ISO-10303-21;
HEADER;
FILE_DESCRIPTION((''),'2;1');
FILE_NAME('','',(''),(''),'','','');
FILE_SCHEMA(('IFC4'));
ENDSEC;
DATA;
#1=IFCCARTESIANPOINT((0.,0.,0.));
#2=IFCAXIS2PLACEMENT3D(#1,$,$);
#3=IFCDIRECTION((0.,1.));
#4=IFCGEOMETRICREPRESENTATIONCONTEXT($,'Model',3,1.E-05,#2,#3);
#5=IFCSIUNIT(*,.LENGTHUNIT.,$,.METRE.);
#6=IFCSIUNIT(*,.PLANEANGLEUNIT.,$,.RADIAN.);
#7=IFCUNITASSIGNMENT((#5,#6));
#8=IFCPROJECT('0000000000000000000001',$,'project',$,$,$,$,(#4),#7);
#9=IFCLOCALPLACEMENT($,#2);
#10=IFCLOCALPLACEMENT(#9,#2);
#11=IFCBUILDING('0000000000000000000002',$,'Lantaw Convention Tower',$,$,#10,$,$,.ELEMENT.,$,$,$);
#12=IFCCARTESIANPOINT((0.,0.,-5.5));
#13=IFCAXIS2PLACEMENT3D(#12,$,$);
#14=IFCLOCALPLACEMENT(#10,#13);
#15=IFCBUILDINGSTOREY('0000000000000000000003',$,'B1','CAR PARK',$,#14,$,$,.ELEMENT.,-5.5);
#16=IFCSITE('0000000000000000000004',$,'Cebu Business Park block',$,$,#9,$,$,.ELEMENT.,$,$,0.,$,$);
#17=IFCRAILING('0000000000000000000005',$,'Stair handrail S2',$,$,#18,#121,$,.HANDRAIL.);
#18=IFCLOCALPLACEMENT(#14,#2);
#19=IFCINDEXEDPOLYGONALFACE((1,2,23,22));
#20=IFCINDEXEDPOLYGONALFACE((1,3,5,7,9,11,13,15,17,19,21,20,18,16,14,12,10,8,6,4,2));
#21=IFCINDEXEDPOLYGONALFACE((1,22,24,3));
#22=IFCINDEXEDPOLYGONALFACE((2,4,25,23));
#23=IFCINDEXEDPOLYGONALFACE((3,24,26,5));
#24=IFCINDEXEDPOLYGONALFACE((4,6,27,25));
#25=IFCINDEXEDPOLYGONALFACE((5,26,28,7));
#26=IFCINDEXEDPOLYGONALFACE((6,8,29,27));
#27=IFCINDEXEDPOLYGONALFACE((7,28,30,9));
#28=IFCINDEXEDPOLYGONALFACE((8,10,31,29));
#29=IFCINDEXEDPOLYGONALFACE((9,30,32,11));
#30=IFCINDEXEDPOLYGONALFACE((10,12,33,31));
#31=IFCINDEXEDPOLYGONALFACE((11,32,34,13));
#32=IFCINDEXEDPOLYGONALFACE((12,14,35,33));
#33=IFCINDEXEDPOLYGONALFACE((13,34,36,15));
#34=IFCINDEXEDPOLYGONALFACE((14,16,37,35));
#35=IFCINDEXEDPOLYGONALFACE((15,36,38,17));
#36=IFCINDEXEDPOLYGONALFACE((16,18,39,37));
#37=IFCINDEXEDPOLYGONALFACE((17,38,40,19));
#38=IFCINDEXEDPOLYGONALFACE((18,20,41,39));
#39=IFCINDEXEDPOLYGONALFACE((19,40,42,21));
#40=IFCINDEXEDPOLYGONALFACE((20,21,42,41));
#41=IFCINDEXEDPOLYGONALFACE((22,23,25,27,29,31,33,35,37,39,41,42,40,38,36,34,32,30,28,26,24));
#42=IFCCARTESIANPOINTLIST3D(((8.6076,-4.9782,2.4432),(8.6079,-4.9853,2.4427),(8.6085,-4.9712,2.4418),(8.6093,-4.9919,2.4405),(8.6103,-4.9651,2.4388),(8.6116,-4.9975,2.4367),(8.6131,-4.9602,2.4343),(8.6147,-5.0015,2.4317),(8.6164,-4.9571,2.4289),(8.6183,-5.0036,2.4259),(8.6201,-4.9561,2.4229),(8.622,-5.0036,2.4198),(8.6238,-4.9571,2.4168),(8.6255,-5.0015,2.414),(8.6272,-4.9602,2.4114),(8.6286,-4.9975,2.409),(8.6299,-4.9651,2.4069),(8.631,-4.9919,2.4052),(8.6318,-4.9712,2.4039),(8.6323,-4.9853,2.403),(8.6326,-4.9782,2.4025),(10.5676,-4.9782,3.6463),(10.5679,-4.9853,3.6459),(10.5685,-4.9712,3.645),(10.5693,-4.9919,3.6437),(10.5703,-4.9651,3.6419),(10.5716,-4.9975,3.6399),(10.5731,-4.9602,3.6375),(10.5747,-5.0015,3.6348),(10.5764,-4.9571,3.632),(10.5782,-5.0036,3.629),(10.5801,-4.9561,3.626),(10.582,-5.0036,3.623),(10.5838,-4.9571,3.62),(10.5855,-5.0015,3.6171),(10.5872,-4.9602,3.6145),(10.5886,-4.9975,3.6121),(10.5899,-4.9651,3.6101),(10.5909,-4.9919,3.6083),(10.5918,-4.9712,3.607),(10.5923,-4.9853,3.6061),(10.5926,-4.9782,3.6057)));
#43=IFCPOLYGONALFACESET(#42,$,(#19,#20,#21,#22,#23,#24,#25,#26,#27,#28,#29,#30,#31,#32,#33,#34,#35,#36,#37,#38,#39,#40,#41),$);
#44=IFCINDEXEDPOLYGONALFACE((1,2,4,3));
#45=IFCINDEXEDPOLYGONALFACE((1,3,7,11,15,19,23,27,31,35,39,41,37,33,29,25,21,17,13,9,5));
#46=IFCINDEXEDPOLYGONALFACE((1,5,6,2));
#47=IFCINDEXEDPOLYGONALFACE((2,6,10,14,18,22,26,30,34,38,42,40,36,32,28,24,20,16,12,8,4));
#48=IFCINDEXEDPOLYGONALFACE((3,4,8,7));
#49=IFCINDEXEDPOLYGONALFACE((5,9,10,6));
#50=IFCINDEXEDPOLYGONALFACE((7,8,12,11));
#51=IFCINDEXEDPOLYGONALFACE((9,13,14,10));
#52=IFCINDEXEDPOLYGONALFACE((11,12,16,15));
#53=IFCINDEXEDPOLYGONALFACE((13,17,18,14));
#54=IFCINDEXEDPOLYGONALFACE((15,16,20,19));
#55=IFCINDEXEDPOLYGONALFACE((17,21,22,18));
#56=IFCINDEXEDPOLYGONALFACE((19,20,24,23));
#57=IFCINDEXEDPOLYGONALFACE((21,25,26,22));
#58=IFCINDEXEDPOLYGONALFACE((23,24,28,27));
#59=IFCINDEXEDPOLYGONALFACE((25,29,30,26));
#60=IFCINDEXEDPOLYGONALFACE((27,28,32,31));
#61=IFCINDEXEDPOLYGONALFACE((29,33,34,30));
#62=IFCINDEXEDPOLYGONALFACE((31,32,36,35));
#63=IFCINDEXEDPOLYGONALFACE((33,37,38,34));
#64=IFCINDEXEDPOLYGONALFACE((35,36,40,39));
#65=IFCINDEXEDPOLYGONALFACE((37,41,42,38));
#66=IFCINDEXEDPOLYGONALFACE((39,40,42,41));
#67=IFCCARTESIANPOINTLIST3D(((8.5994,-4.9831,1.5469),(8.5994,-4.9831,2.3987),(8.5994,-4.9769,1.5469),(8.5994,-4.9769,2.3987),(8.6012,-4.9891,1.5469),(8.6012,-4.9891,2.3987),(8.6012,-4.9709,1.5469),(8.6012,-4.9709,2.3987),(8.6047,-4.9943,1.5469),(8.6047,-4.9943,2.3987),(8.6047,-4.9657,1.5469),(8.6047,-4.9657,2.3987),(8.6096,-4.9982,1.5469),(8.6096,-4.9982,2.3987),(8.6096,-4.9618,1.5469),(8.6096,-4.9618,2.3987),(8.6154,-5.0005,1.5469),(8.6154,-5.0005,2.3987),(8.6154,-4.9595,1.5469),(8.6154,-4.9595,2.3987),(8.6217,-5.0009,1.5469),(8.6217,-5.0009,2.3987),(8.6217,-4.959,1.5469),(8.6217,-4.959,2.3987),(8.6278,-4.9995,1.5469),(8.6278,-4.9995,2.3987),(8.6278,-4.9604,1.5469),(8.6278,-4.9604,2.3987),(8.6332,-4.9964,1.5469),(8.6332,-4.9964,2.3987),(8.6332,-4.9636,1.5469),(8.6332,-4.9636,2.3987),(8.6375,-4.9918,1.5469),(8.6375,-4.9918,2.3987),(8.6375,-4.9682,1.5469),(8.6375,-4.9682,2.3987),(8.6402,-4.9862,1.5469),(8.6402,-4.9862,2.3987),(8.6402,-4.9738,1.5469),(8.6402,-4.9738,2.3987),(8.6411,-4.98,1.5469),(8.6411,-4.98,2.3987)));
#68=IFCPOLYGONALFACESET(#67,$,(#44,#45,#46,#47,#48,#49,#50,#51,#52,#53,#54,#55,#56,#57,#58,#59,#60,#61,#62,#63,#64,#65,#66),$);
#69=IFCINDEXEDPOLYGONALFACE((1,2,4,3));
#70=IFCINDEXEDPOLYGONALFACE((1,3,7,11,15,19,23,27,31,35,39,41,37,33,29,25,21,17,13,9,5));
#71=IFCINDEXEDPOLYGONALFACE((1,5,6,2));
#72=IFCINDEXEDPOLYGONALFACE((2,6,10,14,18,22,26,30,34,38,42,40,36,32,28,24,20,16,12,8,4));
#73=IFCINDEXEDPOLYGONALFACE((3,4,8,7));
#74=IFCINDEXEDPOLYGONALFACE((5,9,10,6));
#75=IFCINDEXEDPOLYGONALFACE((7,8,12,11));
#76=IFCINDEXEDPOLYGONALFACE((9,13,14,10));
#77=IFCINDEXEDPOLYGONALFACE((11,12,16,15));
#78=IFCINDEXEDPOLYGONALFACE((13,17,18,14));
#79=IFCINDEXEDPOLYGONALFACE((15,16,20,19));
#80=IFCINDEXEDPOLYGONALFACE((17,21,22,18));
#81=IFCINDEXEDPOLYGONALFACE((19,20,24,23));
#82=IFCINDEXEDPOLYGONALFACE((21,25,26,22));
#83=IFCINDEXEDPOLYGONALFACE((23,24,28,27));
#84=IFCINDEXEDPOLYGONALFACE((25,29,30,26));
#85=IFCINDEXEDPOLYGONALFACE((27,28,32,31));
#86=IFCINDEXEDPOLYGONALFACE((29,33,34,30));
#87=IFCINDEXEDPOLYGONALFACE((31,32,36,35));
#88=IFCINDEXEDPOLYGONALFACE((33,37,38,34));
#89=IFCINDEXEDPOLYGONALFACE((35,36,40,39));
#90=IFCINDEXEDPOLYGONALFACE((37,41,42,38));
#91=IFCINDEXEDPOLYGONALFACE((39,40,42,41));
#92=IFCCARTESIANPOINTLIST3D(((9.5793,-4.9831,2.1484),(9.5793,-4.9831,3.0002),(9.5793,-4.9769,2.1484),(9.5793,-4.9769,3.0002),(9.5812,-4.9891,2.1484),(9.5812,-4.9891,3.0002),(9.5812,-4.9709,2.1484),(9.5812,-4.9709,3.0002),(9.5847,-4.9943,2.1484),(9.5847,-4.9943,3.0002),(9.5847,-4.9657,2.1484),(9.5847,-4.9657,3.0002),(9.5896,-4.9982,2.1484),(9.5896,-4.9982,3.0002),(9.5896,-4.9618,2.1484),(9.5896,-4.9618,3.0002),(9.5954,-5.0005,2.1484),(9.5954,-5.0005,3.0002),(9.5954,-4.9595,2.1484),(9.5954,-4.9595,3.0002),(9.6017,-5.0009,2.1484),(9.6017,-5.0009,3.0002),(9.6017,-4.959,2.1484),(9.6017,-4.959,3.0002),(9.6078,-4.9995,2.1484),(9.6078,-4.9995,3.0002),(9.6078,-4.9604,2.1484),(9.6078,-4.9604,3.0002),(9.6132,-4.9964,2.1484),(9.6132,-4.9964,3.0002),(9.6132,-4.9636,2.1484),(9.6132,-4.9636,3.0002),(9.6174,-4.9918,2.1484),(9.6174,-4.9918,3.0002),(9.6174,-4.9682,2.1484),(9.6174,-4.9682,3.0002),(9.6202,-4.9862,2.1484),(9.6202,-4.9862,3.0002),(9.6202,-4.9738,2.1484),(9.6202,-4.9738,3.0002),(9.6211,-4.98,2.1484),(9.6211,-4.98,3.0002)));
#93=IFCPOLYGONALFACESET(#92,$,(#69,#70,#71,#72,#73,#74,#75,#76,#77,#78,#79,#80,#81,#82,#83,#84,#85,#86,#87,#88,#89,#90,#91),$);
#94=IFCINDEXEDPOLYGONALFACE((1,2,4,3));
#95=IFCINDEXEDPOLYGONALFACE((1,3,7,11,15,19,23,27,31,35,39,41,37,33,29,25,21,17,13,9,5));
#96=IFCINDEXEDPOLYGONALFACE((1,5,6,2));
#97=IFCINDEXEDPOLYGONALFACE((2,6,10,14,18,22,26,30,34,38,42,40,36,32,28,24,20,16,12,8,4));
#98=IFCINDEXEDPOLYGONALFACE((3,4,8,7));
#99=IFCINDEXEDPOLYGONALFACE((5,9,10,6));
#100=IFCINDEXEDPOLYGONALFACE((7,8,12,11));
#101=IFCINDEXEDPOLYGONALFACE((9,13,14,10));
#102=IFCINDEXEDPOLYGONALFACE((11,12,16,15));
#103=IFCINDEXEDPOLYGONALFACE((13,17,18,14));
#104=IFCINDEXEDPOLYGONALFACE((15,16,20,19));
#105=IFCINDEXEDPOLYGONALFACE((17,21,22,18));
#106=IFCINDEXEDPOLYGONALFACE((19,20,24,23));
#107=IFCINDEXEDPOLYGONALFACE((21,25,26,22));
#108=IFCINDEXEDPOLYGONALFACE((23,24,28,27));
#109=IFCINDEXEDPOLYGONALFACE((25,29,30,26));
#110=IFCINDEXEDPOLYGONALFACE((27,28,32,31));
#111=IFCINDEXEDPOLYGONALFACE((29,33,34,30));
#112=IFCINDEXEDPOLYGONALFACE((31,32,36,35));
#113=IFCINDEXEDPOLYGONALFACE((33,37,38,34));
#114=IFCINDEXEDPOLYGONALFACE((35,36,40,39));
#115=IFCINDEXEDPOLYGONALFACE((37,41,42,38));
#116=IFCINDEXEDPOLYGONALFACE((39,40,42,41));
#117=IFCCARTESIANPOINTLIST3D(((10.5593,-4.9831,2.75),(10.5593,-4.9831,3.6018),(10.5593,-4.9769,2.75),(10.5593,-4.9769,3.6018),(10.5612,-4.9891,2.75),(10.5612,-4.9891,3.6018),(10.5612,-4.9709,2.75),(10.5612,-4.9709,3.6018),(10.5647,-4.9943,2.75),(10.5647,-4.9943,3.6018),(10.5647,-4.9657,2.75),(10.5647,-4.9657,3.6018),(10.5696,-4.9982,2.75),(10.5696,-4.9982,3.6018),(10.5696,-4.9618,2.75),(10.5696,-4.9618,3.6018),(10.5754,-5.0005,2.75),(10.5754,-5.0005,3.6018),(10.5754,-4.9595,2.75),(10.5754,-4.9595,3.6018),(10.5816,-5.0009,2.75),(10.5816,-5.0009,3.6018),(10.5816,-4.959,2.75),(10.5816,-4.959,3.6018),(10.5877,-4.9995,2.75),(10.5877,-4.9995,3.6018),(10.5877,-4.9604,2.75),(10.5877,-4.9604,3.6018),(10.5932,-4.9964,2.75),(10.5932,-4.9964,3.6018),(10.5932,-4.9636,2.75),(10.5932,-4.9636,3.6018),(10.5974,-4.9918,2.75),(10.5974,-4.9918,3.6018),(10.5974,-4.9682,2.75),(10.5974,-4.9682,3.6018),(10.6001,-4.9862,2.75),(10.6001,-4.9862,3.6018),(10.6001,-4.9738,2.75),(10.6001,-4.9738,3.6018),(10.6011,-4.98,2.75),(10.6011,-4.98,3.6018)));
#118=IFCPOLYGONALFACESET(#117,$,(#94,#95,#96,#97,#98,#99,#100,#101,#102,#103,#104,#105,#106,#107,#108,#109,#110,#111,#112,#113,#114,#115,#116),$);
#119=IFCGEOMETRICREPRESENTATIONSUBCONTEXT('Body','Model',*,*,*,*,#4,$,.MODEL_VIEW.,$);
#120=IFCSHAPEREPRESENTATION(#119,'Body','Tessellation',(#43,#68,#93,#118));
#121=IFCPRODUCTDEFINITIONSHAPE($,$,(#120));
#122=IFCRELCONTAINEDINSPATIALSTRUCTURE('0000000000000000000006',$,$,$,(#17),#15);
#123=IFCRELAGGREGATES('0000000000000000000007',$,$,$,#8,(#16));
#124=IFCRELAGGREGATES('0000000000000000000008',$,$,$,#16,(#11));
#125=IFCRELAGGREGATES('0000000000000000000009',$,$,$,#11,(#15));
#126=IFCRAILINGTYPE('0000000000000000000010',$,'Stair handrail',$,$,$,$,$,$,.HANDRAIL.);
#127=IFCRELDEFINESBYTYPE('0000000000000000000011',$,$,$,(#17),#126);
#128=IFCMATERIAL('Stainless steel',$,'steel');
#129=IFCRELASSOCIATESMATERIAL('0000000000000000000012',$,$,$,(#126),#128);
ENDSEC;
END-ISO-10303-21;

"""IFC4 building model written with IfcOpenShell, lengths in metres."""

from ifc_helpers import new_model, si_unit, direction, frame, origin, origin_2d, place, context, subcontext, project, spatial, circle, extrude, material, type_object, element, save


model = new_model("IFC4")

# Units and contexts
model_context = context("Model", 3, precision=1e-05, world=origin(), true_north=direction((0.0, 1.0)))
body_context = subcontext(model_context, "Body", "Model", "MODEL_VIEW")
ifc_project = project(units=[si_unit("LENGTHUNIT", "METRE"), si_unit("PLANEANGLEUNIT", "RADIAN")], contexts=[model_context])

# Site, building, storey
site_placement = place(None, origin())
site = spatial("IfcSite", under=ifc_project, at=site_placement, Name="Cebu Business Park block", CompositionType="ELEMENT", RefElevation=0.0)
building_placement = place(site_placement, origin())
building = spatial("IfcBuilding", under=site, at=building_placement, Name="Lantaw Convention Tower", CompositionType="ELEMENT")
storey_placement = place(building_placement, frame((0.0, 0.0, -5.5)))
storey = spatial("IfcBuildingStorey", under=building, at=storey_placement, Name="B1", Description="CAR PARK", CompositionType="ELEMENT", Elevation=-5.5)

# Railing
ifc_material_1 = material(Name="Stainless steel", Category="steel")
railing_type = type_object("IfcRailingType", Name="Stair handrail", PredefinedType="HANDRAIL", material=ifc_material_1)
railing_1_placement = place(storey_placement, frame((8.6201, -4.98, 1.5469)))
element("IfcRailing", 1, at=railing_1_placement, inside=storey, type_object=railing_type, Name="Stair handrail S2", PredefinedType="HANDRAIL", context=body_context, shape_type="SweptSolid", body=[
    extrude(circle(Radius=0.0239, at=origin_2d()), frame((0.0, 0.0, 0.876), z_axis=(0.852241, 0.0, 0.523149), x_axis=(0.0, 1.0, 0.0)), (0.0, 0.0, 1.0), 2.2998),
    extrude(circle(Radius=0.021, at=origin_2d()), origin(), (0.0, 0.0, 1.0), 0.8518),
    extrude(circle(Radius=0.021, at=origin_2d()), frame((0.98, 0.0, 0.6016)), (0.0, 0.0, 1.0), 0.8518),
    extrude(circle(Radius=0.021, at=origin_2d()), frame((1.96, 0.0, 1.2031)), (0.0, 0.0, 1.0), 0.8518),
])

save(model, "model.ifc")
